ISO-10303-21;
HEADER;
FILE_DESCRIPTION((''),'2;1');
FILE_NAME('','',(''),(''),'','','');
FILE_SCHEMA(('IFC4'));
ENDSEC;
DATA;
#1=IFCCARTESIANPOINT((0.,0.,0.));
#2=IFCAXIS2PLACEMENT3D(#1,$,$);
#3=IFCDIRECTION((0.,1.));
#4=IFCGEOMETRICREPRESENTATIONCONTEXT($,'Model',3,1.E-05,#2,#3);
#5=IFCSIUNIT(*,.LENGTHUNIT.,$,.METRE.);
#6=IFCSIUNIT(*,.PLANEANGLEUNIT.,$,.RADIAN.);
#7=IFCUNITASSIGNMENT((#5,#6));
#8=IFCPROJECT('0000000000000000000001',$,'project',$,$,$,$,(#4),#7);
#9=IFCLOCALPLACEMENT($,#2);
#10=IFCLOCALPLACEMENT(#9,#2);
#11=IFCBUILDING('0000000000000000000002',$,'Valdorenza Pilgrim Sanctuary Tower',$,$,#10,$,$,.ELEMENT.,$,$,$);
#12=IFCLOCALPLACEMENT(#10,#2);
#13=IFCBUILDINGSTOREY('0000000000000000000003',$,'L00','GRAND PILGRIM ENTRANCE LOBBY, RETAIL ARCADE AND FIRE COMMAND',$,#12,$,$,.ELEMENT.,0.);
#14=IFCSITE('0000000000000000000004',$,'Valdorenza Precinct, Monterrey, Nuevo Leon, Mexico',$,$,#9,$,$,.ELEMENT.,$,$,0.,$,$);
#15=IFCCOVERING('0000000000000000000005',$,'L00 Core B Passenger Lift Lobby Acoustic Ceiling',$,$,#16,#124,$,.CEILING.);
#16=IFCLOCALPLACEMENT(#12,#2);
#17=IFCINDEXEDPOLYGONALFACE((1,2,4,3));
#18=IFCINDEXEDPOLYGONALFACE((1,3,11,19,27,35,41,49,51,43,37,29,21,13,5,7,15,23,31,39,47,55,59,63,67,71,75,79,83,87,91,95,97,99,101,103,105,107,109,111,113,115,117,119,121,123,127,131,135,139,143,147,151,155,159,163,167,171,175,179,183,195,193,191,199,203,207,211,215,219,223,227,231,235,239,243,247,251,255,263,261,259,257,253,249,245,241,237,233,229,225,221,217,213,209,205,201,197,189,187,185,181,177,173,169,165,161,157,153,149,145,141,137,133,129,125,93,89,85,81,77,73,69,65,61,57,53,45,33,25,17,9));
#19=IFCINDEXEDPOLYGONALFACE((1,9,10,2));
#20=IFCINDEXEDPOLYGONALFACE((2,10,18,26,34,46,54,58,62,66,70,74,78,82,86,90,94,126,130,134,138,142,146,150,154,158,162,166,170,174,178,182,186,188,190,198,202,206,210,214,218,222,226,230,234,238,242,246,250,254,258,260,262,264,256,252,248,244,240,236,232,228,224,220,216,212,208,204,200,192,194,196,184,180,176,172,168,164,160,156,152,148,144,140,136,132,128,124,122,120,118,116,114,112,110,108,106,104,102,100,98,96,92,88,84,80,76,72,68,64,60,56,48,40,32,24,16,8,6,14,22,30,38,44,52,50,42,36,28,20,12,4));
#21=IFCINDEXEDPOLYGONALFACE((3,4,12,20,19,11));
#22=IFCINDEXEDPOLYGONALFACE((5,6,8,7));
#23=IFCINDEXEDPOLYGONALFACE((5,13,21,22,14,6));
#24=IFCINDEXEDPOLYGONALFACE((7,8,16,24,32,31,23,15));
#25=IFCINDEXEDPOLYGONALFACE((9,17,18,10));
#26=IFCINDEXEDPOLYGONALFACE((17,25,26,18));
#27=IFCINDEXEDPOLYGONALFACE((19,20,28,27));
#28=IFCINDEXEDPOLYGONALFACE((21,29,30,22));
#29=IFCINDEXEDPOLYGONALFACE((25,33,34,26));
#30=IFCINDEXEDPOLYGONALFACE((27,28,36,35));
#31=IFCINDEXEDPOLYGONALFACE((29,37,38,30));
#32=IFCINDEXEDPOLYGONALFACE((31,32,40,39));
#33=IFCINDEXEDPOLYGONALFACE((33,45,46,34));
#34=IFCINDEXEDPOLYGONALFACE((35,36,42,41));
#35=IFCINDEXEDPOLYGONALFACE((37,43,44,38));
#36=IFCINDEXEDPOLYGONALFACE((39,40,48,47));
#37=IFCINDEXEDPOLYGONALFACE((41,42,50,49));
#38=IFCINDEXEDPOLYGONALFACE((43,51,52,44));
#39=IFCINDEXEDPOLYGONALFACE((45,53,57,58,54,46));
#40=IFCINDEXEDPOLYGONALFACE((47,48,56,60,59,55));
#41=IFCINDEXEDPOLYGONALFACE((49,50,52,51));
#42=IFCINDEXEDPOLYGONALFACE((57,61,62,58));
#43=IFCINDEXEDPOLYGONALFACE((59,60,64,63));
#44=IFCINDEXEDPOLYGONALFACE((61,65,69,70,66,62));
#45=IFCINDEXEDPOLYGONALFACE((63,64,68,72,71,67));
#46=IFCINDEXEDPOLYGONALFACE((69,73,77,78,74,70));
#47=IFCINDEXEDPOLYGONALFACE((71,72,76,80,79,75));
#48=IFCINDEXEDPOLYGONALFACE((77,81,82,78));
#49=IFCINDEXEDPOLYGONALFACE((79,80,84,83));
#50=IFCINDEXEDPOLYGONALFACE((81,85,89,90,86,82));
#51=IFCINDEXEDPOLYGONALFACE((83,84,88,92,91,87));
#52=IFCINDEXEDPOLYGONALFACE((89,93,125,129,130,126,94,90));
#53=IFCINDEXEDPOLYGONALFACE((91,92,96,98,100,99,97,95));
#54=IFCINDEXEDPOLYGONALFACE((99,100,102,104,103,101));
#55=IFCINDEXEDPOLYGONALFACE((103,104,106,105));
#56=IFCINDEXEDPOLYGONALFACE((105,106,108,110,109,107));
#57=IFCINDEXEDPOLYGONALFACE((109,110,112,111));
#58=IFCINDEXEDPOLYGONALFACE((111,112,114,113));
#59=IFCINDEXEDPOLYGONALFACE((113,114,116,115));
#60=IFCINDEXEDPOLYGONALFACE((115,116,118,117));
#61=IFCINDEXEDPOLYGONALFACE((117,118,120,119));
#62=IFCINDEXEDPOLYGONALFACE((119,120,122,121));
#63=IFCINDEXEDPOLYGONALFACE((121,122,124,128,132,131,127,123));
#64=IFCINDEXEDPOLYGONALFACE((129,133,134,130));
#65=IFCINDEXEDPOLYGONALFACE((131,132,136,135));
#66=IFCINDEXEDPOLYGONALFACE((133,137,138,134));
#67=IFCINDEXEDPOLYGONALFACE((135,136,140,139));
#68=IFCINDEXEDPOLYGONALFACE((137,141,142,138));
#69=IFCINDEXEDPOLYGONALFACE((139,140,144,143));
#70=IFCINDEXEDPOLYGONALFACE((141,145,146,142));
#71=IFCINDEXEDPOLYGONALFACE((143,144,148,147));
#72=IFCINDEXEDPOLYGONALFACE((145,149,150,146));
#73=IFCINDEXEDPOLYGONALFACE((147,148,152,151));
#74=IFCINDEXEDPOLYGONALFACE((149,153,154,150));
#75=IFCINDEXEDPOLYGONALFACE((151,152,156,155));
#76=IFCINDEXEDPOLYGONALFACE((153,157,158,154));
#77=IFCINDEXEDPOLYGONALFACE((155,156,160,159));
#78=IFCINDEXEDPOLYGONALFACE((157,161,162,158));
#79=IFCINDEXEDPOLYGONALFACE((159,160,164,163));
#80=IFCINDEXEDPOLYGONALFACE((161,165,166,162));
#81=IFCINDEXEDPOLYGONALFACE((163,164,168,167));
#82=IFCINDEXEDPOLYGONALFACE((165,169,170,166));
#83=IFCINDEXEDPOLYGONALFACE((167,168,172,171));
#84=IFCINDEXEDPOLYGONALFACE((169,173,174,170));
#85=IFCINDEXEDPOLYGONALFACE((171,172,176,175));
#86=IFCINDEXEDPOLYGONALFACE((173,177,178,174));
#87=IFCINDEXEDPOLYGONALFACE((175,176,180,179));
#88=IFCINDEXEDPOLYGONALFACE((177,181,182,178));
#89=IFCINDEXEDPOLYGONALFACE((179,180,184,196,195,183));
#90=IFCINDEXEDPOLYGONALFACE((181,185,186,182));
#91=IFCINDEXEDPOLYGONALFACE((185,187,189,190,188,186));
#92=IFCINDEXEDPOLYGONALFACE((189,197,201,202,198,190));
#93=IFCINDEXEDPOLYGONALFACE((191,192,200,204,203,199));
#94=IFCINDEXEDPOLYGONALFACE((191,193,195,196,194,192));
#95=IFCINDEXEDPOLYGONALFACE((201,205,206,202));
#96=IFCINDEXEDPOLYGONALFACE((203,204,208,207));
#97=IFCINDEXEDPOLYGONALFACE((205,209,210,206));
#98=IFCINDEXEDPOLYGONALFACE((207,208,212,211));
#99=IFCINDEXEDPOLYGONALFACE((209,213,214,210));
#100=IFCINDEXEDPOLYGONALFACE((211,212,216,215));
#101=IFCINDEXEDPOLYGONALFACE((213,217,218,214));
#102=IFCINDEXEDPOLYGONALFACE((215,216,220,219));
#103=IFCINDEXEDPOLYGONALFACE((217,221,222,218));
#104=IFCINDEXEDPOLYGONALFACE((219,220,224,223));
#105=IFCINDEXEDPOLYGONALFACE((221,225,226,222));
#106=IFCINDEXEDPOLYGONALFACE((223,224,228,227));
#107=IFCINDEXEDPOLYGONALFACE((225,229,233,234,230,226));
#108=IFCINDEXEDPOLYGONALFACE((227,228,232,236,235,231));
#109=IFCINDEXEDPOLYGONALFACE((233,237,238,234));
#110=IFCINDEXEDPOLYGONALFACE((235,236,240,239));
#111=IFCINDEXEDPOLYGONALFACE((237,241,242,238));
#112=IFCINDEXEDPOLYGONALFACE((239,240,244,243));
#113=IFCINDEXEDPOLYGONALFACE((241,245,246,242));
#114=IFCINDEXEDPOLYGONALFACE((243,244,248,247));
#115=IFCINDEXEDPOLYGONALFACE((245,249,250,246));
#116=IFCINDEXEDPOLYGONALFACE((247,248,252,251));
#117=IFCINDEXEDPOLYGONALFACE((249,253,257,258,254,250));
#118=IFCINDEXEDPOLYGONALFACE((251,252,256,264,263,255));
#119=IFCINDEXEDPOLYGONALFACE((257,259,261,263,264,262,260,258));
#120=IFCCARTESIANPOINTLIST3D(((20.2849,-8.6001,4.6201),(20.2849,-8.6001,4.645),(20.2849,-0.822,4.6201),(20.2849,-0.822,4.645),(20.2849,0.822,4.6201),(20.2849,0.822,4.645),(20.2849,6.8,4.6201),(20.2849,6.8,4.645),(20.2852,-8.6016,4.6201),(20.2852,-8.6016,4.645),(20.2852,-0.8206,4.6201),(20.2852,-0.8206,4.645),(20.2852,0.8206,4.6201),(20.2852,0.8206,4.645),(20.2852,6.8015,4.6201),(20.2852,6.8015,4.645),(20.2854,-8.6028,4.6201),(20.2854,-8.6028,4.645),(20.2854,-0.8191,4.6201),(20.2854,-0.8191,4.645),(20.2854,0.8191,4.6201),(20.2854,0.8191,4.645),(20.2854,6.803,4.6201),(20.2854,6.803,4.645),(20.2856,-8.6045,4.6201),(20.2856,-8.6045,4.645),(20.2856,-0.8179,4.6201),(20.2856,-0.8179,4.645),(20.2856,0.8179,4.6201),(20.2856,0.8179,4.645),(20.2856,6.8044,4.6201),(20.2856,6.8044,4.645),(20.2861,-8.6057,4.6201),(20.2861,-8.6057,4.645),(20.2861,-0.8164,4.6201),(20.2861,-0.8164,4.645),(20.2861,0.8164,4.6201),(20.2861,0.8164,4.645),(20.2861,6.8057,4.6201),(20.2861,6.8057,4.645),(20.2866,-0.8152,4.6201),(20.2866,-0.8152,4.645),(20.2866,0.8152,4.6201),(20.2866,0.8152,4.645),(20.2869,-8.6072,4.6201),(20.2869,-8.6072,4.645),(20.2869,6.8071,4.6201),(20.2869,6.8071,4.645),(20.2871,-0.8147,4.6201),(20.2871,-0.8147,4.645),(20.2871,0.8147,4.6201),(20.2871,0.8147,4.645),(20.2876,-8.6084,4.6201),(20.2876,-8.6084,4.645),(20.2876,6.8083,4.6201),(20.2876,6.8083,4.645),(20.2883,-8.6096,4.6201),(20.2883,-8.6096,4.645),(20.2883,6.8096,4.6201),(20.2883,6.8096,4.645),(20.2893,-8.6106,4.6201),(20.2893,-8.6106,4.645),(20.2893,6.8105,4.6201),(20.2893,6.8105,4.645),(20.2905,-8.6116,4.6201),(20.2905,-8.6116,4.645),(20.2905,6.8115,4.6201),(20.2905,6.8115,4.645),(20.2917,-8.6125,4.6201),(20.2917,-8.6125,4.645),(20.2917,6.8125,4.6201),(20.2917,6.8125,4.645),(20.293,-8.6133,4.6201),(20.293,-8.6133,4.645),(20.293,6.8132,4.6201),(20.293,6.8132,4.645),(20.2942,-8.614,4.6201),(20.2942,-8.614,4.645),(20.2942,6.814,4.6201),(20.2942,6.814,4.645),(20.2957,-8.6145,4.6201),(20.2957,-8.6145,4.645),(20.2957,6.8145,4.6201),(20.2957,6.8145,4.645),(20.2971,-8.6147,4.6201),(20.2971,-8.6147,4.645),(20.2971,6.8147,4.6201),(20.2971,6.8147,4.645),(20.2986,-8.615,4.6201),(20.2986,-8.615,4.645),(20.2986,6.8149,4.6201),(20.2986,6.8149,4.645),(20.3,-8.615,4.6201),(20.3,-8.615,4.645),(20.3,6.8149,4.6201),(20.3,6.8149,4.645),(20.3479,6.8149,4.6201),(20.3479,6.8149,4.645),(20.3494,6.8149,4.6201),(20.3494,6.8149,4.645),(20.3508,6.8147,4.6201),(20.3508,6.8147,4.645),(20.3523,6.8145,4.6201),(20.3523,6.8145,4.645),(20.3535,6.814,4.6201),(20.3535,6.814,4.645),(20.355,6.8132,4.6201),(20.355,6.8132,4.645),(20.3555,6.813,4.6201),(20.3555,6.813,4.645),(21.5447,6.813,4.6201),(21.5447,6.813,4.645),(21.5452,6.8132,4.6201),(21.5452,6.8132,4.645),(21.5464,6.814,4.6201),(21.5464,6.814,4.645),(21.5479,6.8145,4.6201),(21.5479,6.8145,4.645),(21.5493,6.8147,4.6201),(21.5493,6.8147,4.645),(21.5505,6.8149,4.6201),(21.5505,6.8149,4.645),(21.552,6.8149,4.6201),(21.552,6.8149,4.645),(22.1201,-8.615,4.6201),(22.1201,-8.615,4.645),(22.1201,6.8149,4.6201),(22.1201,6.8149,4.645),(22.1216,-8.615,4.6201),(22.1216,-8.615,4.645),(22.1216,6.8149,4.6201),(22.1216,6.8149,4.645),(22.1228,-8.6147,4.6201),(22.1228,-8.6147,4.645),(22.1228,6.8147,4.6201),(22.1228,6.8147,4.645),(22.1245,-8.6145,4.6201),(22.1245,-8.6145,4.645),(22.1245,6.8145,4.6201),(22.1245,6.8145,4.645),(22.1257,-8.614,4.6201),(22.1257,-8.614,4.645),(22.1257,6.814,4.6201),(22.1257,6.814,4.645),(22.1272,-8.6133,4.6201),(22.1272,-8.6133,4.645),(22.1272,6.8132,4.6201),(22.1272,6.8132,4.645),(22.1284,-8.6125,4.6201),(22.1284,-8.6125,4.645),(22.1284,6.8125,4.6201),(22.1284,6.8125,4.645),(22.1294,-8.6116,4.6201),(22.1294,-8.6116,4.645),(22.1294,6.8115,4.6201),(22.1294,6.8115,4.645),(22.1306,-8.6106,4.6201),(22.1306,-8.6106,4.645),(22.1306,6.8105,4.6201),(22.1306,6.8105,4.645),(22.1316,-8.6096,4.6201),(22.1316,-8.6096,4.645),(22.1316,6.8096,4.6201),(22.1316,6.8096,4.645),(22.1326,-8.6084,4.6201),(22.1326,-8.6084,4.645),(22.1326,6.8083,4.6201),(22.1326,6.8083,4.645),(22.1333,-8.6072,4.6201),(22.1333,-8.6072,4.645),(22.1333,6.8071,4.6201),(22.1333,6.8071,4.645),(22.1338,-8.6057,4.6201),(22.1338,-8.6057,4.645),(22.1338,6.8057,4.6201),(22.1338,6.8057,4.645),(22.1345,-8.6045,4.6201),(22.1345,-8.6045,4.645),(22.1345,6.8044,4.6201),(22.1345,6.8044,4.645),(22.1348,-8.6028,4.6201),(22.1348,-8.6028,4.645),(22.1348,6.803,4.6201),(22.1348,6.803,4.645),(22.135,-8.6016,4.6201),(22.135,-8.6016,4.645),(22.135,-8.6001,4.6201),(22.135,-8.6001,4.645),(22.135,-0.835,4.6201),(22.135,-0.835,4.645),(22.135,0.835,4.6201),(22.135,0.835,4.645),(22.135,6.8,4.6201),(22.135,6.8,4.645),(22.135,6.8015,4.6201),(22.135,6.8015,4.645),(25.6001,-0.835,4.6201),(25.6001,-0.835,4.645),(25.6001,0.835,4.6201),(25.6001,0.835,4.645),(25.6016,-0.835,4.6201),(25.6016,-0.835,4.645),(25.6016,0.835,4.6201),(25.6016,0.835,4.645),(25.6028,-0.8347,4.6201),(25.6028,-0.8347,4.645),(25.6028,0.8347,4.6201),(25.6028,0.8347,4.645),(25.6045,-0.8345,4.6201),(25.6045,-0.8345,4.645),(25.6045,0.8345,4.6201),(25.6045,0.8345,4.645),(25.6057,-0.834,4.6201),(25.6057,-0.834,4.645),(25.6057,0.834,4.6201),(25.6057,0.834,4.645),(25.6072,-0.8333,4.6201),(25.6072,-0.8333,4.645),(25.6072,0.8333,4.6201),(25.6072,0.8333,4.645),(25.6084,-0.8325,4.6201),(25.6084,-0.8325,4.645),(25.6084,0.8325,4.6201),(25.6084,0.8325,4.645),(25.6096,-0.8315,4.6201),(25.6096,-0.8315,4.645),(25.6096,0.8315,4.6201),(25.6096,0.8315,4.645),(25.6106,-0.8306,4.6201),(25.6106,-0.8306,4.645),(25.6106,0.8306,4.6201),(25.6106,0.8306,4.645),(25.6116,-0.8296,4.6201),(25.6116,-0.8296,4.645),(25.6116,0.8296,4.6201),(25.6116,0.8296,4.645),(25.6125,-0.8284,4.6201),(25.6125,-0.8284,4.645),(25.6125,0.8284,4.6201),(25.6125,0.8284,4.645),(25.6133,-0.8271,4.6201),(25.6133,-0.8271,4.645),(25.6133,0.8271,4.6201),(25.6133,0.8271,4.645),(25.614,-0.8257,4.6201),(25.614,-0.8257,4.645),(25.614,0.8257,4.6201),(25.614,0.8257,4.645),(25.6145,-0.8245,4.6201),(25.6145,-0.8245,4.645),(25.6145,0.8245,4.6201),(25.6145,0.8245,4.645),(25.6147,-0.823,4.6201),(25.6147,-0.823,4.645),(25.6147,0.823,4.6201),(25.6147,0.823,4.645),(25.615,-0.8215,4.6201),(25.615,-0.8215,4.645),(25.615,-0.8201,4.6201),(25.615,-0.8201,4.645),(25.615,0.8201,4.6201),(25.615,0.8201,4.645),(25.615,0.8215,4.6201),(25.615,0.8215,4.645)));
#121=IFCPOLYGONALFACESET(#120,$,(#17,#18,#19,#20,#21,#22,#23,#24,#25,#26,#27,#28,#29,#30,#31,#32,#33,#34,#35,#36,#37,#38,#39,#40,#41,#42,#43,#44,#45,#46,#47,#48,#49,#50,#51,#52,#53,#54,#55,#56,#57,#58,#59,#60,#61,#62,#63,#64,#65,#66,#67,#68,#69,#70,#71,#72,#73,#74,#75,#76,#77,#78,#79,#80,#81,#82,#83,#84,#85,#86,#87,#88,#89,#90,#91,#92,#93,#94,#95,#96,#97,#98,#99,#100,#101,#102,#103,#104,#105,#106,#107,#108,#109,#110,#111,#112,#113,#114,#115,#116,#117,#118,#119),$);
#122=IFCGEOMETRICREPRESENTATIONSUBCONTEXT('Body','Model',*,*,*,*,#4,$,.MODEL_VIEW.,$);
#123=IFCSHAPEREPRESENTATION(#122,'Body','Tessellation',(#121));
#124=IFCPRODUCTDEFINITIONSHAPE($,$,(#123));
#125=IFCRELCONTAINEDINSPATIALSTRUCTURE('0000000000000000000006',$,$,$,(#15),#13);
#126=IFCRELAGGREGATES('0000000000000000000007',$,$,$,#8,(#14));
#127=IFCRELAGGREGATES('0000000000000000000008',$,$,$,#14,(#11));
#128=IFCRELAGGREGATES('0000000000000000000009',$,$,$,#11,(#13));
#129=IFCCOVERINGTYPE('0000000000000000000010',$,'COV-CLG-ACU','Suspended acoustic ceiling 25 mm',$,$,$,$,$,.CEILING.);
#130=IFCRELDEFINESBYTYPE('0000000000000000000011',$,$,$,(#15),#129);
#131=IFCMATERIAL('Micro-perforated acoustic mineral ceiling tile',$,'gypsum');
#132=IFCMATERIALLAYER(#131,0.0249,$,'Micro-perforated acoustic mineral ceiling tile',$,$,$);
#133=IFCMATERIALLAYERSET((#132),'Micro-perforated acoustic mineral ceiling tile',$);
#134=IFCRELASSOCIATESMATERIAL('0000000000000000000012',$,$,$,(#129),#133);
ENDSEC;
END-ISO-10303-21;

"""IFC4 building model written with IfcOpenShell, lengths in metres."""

from ifc_helpers import new_model, si_unit, direction, frame, origin, place, context, subcontext, project, spatial, polyline, outline, extrude, material, layer, layer_set, type_object, element, save


model = new_model("IFC4")

# Units and contexts
model_context = context("Model", 3, precision=1e-05, world=origin(), true_north=direction((0.0, 1.0)))
body_context = subcontext(model_context, "Body", "Model", "MODEL_VIEW")
ifc_project = project(units=[si_unit("LENGTHUNIT", "METRE"), si_unit("PLANEANGLEUNIT", "RADIAN")], contexts=[model_context])

# Site, building, storey
site_placement = place(None, origin())
site = spatial("IfcSite", under=ifc_project, at=site_placement, Name="Valdorenza Precinct, Monterrey, Nuevo Leon, Mexico", CompositionType="ELEMENT", RefElevation=0.0)
building_placement = place(site_placement, origin())
building = spatial("IfcBuilding", under=site, at=building_placement, Name="Valdorenza Pilgrim Sanctuary Tower", CompositionType="ELEMENT")
storey_placement = place(building_placement, origin())
storey = spatial("IfcBuildingStorey", under=building, at=storey_placement, Name="L00", Description="GRAND PILGRIM ENTRANCE LOBBY, RETAIL ARCADE AND FIRE COMMAND", CompositionType="ELEMENT", Elevation=0.0)

# Covering
ifc_material_1 = material(Name="Micro-perforated acoustic mineral ceiling tile", Category="gypsum")
ifc_layer_1 = layer(ifc_material_1, 0.0249, Name="Micro-perforated acoustic mineral ceiling tile")
ifc_layer_set_1 = layer_set([ifc_layer_1], Name="Micro-perforated acoustic mineral ceiling tile")
covering_type_1 = type_object("IfcCoveringType", Name="COV-CLG-ACU", Description="Suspended acoustic ceiling 25 mm", PredefinedType="CEILING", material=ifc_layer_set_1)
covering_1_placement = place(storey_placement, frame((0.0, 0.0, 4.6201)))
element("IfcCovering", 1, at=covering_1_placement, inside=storey, type_object=covering_type_1, Name="L00 Core B Passenger Lift Lobby Acoustic Ceiling", PredefinedType="CEILING", context=body_context, shape_type="SweptSolid", body=[
    extrude(outline(polyline([(20.2871, -0.8147), (20.2871, 0.8147), (20.2866, 0.8152), (20.2861, 0.8164), (20.2856, 0.8179), (20.2854, 0.8191), (20.2852, 0.8206), (20.2849, 0.822), (20.2849, 6.8), (20.2852, 6.8015), (20.2854, 6.803), (20.2856, 6.8044), (20.2861, 6.8057), (20.2869, 6.8071), (20.2876, 6.8083), (20.2883, 6.8096), (20.2893, 6.8105), (20.2905, 6.8115), (20.2917, 6.8125), (20.293, 6.8132), (20.2942, 6.814), (20.2957, 6.8145), (20.2971, 6.8147), (20.2986, 6.8149), (20.3, 6.8149), (20.3479, 6.8149), (20.3494, 6.8149), (20.3508, 6.8147), (20.3523, 6.8145), (20.3535, 6.814), (20.355, 6.8132), (20.3555, 6.813), (21.5447, 6.813), (21.5452, 6.8132), (21.5464, 6.814), (21.5479, 6.8145), (21.5493, 6.8147), (21.5505, 6.8149), (21.552, 6.8149), (22.1201, 6.8149), (22.1216, 6.8149), (22.1228, 6.8147), (22.1245, 6.8145), (22.1257, 6.814), (22.1272, 6.8132), (22.1284, 6.8125), (22.1294, 6.8115), (22.1306, 6.8105), (22.1316, 6.8096), (22.1326, 6.8083), (22.1333, 6.8071), (22.1338, 6.8057), (22.1345, 6.8044), (22.1348, 6.803), (22.135, 6.8015), (22.135, 6.8), (22.135, 0.835), (25.6001, 0.835), (25.6016, 0.835), (25.6028, 0.8347), (25.6045, 0.8345), (25.6057, 0.834), (25.6072, 0.8333), (25.6084, 0.8325), (25.6096, 0.8315), (25.6106, 0.8306), (25.6116, 0.8296), (25.6125, 0.8284), (25.6133, 0.8271), (25.614, 0.8257), (25.6145, 0.8245), (25.6147, 0.823), (25.615, 0.8215), (25.615, 0.8201), (25.615, -0.8201), (25.615, -0.8215), (25.6147, -0.823), (25.6145, -0.8245), (25.614, -0.8257), (25.6133, -0.8271), (25.6125, -0.8284), (25.6116, -0.8296), (25.6106, -0.8306), (25.6096, -0.8315), (25.6084, -0.8325), (25.6072, -0.8333), (25.6057, -0.834), (25.6045, -0.8345), (25.6028, -0.8347), (25.6016, -0.835), (25.6001, -0.835), (22.135, -0.835), (22.135, -8.6001), (22.135, -8.6016), (22.1348, -8.6028), (22.1345, -8.6045), (22.1338, -8.6057), (22.1333, -8.6072), (22.1326, -8.6084), (22.1316, -8.6096), (22.1306, -8.6106), (22.1294, -8.6116), (22.1284, -8.6125), (22.1272, -8.6133), (22.1257, -8.614), (22.1245, -8.6145), (22.1228, -8.6147), (22.1216, -8.615), (22.1201, -8.615), (20.3, -8.615), (20.2986, -8.615), (20.2971, -8.6147), (20.2957, -8.6145), (20.2942, -8.614), (20.293, -8.6133), (20.2917, -8.6125), (20.2905, -8.6116), (20.2893, -8.6106), (20.2883, -8.6096), (20.2876, -8.6084), (20.2869, -8.6072), (20.2861, -8.6057), (20.2856, -8.6045), (20.2854, -8.6028), (20.2852, -8.6016), (20.2849, -8.6001), (20.2849, -0.822), (20.2852, -0.8206), (20.2854, -0.8191), (20.2856, -0.8179), (20.2861, -0.8164), (20.2866, -0.8152), (20.2871, -0.8147)])), origin(), (0.0, 0.0, 1.0), 0.0249),
])

save(model, "model.ifc")
